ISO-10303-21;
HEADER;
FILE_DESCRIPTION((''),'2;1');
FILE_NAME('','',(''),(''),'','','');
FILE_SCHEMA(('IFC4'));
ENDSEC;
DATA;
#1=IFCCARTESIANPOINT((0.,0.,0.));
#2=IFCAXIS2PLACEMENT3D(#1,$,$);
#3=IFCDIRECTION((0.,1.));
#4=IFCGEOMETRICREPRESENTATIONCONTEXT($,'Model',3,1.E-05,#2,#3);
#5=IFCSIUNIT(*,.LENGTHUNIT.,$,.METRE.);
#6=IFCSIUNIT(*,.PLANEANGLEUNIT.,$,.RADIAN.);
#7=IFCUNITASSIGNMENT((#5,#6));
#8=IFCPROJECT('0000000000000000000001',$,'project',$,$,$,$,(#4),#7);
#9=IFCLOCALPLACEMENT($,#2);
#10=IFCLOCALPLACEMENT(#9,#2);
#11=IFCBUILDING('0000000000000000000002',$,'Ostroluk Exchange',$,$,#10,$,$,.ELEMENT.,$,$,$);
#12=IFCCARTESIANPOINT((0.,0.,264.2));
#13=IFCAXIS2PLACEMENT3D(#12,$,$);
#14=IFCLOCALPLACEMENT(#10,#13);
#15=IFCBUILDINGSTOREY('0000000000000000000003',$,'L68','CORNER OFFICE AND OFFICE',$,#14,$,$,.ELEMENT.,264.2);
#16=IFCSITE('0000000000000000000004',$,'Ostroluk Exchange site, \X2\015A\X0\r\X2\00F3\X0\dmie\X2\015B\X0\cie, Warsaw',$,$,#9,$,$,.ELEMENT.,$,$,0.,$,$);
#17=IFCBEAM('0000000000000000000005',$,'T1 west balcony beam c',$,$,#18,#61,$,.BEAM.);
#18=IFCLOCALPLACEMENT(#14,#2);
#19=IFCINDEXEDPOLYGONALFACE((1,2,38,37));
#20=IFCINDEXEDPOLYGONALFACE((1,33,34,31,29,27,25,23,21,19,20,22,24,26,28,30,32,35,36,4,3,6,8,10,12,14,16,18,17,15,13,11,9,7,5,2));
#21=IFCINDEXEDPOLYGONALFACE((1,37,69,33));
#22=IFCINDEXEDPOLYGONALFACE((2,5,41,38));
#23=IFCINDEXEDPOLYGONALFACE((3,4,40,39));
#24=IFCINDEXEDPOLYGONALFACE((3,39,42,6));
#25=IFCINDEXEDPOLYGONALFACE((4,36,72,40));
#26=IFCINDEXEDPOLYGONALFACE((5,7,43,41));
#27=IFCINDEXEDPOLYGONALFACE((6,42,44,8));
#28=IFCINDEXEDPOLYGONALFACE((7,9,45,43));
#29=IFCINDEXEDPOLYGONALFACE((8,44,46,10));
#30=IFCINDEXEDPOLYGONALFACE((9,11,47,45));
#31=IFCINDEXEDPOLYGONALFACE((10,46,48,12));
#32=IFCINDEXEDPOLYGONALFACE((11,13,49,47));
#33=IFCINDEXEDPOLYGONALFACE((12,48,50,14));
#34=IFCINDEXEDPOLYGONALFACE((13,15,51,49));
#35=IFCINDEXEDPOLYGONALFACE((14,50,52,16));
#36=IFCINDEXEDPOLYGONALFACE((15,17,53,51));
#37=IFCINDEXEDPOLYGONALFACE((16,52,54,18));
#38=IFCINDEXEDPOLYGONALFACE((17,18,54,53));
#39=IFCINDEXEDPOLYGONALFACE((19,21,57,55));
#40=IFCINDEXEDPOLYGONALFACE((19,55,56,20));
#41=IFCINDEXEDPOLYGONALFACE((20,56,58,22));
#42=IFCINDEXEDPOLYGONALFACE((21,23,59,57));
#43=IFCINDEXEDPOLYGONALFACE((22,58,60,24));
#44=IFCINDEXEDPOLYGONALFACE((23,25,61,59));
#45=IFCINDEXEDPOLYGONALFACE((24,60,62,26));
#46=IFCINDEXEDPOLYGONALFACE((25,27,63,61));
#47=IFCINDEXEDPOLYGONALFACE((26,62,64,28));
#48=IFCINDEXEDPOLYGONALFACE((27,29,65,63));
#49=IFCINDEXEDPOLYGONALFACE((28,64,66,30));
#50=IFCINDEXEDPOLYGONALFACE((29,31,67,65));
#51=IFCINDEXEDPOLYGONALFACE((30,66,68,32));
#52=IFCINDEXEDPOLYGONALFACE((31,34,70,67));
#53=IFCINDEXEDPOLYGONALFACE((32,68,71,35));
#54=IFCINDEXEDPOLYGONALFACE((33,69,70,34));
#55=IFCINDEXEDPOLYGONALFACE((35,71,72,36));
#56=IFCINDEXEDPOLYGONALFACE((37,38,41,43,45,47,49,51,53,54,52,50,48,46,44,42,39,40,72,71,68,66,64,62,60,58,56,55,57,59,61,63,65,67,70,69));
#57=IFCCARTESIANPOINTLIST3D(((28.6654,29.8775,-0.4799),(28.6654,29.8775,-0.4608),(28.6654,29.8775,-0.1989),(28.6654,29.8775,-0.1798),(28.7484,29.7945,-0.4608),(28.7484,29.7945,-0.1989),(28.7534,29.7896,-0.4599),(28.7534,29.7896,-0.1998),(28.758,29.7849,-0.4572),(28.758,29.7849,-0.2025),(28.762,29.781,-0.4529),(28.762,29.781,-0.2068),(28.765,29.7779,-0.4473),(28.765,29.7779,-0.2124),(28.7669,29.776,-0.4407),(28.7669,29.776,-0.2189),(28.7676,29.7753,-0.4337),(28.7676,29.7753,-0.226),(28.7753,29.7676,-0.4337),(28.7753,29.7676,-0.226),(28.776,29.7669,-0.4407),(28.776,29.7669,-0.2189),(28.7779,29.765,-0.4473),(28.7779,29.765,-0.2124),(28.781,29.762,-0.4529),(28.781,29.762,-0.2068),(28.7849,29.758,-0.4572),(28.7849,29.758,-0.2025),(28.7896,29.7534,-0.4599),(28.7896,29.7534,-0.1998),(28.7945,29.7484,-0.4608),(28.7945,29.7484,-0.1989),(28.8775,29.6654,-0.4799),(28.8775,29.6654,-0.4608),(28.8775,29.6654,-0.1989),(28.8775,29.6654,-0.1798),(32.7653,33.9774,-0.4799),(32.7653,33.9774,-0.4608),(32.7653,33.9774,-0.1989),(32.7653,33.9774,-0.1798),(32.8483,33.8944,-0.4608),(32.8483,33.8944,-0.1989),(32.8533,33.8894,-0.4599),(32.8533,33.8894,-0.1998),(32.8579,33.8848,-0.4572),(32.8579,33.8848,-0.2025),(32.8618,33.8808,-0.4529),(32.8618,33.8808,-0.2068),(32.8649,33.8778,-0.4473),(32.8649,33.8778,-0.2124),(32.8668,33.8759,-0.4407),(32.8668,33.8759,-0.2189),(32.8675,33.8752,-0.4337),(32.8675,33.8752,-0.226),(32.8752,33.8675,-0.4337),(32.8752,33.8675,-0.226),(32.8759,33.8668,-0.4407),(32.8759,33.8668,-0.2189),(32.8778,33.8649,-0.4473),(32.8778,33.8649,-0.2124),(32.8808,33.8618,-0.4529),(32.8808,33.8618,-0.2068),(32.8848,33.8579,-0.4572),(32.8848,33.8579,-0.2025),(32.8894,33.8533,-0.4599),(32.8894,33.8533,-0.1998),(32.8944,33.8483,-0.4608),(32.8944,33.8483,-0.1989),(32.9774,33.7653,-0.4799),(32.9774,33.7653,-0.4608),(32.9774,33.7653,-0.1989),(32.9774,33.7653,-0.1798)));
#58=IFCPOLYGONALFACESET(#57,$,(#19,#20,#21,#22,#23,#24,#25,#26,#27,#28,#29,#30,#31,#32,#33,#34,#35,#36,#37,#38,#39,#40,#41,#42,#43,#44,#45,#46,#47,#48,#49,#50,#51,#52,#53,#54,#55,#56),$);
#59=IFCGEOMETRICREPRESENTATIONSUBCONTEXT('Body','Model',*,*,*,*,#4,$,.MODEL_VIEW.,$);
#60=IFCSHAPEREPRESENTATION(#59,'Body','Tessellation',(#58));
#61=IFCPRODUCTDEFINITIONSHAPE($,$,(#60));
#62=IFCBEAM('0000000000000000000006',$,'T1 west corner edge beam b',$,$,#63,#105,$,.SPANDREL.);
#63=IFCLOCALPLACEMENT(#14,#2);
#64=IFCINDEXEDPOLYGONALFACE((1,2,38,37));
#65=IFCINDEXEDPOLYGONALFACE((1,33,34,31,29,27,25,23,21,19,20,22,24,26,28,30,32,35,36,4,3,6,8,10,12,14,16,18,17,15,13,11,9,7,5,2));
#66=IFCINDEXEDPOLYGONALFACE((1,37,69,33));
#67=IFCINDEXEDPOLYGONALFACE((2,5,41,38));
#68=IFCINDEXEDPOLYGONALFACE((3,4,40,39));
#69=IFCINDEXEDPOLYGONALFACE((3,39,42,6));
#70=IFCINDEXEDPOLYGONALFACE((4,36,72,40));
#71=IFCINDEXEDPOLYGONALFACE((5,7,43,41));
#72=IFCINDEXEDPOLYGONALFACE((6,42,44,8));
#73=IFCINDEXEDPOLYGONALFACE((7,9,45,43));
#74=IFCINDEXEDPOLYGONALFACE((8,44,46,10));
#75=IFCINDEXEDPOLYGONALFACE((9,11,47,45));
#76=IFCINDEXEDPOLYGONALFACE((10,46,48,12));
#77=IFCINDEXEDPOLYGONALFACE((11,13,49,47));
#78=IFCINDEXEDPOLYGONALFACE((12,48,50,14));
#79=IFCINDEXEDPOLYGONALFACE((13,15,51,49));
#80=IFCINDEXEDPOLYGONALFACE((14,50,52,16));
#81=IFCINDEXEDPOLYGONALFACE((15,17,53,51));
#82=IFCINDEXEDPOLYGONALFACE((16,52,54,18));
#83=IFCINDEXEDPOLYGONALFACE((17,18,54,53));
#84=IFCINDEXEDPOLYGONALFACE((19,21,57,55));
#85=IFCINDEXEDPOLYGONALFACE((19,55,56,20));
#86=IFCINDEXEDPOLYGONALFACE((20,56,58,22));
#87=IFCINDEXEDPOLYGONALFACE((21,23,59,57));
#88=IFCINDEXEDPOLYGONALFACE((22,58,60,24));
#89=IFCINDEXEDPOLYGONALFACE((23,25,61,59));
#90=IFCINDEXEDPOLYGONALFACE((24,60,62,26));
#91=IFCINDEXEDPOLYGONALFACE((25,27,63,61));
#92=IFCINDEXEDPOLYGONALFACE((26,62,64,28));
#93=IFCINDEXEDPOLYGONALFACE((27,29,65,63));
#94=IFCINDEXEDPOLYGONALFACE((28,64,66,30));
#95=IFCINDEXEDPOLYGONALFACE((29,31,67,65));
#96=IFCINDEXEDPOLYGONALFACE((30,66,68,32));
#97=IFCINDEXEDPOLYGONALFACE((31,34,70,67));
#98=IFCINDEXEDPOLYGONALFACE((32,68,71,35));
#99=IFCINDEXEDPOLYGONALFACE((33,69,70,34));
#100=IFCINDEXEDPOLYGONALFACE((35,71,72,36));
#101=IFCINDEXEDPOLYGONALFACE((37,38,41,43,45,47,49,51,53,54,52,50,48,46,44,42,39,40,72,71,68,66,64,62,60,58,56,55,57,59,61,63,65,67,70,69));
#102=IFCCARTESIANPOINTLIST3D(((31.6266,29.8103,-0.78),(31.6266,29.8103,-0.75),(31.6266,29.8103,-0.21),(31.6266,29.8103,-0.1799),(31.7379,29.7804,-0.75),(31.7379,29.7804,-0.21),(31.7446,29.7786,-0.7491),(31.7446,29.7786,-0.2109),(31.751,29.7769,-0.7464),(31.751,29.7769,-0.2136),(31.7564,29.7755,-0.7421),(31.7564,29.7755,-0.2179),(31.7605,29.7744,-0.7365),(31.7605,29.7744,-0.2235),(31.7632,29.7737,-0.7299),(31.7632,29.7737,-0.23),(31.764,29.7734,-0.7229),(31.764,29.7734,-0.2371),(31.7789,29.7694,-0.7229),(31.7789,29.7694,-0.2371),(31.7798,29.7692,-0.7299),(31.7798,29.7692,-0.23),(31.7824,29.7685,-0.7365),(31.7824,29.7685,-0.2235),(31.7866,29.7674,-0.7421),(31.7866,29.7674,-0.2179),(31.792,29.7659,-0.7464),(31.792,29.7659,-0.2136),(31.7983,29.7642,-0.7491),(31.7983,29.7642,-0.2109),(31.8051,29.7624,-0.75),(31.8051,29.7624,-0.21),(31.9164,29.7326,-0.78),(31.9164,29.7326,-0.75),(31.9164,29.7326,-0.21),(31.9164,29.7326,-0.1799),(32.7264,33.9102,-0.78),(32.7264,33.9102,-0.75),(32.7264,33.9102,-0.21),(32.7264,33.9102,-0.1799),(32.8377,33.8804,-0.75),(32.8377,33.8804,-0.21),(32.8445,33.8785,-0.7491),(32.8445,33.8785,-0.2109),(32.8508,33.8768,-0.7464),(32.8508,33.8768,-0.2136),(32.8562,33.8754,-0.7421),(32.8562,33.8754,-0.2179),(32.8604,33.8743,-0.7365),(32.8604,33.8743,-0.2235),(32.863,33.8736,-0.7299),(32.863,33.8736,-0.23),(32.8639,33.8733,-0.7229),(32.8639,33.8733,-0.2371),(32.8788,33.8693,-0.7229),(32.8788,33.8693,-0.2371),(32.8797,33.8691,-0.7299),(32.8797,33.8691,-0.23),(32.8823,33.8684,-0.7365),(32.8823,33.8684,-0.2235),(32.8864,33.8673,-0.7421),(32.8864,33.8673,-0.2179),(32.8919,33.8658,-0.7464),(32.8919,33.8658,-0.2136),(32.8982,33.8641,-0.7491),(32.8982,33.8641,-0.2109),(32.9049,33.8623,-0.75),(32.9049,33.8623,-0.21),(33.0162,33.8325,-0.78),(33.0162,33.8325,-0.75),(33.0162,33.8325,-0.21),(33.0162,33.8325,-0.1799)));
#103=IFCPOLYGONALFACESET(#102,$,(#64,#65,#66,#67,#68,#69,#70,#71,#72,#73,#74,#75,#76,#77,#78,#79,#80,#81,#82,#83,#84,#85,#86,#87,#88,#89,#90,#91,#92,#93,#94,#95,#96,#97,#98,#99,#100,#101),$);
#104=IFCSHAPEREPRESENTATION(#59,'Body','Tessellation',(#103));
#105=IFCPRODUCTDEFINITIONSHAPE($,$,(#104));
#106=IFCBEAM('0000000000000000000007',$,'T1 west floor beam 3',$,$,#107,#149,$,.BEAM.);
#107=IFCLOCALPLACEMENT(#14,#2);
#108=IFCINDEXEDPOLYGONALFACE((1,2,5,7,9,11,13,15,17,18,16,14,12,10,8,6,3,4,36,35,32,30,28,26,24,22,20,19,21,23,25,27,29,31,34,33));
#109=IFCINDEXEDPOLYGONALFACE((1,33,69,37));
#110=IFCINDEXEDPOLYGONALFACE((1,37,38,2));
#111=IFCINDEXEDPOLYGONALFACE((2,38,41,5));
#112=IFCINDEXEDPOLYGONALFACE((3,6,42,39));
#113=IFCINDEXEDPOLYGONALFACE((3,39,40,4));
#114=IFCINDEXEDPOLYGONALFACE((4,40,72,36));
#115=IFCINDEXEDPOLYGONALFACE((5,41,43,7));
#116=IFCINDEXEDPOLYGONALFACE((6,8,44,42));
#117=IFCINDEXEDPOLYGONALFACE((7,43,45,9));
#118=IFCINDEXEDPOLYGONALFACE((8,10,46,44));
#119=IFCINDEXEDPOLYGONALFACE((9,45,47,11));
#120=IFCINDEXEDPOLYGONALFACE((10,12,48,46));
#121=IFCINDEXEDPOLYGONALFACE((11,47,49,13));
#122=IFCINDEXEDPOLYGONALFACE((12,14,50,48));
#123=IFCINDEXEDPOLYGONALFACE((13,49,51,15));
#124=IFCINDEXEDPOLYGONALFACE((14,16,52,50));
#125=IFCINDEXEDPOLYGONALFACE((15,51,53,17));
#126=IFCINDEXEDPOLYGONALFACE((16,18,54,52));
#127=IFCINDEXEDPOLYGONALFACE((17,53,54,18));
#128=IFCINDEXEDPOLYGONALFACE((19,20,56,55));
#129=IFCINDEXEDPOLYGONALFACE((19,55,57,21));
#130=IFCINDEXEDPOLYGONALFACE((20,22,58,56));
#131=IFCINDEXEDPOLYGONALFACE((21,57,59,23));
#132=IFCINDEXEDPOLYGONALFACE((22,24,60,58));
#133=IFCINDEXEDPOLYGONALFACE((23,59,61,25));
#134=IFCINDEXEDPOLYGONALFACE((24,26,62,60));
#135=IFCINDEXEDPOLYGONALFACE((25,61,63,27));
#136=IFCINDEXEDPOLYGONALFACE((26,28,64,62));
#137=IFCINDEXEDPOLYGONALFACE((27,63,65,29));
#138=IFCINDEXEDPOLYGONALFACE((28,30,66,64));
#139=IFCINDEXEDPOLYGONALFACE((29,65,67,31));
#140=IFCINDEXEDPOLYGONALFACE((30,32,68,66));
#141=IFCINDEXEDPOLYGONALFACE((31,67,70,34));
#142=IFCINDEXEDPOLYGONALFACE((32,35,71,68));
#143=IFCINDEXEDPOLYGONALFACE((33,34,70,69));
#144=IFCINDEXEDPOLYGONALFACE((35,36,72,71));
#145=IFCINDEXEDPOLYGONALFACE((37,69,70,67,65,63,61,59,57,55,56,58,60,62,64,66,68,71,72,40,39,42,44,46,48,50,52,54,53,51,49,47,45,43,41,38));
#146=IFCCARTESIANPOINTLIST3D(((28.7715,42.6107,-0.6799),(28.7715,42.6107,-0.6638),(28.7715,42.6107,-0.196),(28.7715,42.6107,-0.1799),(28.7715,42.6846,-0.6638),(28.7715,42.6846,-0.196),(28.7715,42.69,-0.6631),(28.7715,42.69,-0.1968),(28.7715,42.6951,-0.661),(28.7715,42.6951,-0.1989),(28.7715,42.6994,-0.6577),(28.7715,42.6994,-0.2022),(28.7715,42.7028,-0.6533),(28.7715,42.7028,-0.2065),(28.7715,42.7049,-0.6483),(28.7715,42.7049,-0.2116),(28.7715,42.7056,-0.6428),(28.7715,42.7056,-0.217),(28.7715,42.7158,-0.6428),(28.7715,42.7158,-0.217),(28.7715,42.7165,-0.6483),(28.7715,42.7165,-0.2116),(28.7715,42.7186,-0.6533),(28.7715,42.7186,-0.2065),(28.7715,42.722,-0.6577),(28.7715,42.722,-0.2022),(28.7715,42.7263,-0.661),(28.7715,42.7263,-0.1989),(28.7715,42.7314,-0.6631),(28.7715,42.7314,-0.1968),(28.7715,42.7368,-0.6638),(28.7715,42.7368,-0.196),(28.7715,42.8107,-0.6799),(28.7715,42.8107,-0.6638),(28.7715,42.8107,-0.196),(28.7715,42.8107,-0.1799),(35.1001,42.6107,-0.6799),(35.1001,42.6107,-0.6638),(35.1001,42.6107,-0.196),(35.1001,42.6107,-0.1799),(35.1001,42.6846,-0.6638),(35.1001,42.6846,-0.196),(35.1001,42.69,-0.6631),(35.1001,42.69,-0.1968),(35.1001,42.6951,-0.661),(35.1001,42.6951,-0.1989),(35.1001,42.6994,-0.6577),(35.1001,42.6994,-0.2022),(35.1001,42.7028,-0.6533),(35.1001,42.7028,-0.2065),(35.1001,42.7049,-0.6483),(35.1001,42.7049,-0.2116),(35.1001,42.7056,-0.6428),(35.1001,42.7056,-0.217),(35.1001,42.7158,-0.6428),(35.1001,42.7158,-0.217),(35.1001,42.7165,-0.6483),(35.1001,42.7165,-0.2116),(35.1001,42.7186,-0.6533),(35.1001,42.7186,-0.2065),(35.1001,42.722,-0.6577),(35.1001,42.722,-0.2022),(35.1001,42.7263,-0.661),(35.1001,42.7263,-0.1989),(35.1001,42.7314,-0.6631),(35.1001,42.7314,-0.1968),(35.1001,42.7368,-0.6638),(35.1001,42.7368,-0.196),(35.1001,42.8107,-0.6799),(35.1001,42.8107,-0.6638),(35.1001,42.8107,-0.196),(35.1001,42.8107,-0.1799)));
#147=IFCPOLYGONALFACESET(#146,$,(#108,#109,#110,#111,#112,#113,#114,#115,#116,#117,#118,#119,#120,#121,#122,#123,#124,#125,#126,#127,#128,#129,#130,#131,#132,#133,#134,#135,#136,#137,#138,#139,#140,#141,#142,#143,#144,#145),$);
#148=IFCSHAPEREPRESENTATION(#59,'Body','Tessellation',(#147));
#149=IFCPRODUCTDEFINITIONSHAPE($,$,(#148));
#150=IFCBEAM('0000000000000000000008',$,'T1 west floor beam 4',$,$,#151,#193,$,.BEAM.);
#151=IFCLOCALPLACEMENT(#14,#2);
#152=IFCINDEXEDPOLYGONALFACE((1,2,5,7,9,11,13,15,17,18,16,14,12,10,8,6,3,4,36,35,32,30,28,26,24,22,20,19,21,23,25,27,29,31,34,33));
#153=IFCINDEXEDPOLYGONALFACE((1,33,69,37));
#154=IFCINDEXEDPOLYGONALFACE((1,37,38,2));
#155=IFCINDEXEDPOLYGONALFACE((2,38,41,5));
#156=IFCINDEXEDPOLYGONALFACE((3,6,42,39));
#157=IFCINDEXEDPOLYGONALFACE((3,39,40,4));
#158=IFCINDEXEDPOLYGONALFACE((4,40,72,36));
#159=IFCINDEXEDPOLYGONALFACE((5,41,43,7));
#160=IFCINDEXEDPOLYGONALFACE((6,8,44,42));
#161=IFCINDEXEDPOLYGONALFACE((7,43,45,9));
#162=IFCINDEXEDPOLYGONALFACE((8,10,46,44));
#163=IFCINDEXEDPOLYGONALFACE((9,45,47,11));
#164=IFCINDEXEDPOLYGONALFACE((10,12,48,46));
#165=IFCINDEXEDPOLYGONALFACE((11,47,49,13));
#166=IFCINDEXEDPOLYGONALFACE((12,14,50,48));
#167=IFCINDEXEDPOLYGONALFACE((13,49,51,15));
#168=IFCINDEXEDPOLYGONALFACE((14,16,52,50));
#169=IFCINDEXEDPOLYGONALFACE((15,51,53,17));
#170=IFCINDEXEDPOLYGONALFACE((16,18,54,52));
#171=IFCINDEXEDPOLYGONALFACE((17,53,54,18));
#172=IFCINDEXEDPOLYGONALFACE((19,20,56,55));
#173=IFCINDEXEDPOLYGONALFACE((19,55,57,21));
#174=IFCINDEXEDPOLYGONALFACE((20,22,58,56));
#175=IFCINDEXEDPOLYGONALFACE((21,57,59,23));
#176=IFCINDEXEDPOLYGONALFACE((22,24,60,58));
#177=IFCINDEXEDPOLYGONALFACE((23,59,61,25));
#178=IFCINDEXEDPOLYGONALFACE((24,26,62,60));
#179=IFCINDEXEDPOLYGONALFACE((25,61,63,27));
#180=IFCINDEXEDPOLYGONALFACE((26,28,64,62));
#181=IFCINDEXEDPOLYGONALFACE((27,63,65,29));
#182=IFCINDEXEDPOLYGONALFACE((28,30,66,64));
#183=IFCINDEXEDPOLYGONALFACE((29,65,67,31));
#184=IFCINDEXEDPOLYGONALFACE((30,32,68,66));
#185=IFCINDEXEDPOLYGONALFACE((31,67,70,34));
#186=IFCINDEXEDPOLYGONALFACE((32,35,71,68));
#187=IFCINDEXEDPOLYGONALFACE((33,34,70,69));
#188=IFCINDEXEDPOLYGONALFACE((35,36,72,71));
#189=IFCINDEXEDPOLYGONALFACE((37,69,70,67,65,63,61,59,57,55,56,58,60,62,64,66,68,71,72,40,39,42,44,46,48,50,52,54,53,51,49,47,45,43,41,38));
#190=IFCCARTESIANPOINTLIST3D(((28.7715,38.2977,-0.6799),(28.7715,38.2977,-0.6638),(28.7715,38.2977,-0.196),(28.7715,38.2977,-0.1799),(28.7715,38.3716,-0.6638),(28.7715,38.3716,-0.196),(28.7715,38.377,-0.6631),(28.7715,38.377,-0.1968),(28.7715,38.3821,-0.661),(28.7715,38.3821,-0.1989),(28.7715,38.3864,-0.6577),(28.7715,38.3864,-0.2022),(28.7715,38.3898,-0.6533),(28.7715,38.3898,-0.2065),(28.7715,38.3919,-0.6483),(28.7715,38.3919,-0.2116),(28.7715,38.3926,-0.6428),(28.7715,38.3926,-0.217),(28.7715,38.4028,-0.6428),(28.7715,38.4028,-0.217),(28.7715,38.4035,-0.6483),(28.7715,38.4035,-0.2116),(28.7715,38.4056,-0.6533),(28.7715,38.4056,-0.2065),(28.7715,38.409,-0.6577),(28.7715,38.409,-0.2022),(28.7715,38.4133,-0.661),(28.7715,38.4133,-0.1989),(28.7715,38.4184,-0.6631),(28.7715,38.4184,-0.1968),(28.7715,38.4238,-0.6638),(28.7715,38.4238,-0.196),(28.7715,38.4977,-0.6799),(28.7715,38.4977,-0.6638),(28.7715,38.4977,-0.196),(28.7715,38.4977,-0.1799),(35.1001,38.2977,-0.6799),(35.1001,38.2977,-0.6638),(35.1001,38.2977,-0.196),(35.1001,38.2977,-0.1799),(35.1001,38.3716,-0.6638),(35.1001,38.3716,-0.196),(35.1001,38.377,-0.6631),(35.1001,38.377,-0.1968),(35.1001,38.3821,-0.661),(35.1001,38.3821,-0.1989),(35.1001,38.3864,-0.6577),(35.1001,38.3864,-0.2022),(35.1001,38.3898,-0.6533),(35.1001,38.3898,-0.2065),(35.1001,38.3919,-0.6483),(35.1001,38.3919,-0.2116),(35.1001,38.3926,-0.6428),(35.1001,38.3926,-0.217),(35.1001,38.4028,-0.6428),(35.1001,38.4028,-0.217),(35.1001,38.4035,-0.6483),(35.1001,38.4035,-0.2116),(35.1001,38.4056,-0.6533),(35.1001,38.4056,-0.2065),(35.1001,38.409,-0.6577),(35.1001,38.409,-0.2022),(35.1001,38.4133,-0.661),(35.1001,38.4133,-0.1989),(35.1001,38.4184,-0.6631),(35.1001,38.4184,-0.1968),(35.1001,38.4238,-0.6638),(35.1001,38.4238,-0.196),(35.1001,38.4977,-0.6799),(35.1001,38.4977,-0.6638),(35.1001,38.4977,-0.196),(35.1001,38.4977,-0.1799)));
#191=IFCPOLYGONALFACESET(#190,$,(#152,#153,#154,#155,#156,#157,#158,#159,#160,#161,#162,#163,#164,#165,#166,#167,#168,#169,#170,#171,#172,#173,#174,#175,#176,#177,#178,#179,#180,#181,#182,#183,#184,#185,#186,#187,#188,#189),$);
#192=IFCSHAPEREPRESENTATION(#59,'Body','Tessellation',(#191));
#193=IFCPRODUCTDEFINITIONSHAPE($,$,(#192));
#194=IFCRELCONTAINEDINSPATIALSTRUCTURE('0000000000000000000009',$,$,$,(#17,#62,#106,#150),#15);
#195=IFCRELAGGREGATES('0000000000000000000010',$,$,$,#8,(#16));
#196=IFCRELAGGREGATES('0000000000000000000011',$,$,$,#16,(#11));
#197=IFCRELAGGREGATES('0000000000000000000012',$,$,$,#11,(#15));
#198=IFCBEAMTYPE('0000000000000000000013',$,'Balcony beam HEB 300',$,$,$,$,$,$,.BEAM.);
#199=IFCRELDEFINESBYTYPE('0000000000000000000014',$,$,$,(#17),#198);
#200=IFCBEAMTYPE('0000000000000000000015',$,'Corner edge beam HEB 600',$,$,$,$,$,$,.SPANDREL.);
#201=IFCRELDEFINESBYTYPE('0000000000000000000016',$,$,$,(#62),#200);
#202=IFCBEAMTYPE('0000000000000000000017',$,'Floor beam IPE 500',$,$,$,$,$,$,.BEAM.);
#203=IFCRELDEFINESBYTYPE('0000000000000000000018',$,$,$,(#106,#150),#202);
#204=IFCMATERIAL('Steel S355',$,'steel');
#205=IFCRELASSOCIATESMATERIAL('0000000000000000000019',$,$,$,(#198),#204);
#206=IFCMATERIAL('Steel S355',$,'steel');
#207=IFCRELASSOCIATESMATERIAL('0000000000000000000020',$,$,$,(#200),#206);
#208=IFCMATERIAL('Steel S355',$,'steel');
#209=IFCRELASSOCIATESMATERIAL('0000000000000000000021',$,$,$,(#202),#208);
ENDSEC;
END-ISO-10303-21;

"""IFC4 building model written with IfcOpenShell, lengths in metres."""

from ifc_helpers import new_model, si_unit, direction, frame, origin, origin_2d, place, context, subcontext, project, spatial, i_section, extrude, material, material_profile, profile_set, type_object, element, save


model = new_model("IFC4")

# Units and contexts
model_context = context("Model", 3, precision=1e-05, world=origin(), true_north=direction((0.0, 1.0)))
body_context = subcontext(model_context, "Body", "Model", "MODEL_VIEW")
ifc_project = project(units=[si_unit("LENGTHUNIT", "METRE"), si_unit("PLANEANGLEUNIT", "RADIAN")], contexts=[model_context])

# Site, building, storey
site_placement = place(None, origin())
site = spatial("IfcSite", under=ifc_project, at=site_placement, Name="Ostroluk Exchange site, Śródmieście, Warsaw", CompositionType="ELEMENT", RefElevation=0.0)
building_placement = place(site_placement, origin())
building = spatial("IfcBuilding", under=site, at=building_placement, Name="Ostroluk Exchange", CompositionType="ELEMENT")
storey_placement = place(building_placement, frame((0.0, 0.0, 264.2)))
storey = spatial("IfcBuildingStorey", under=building, at=storey_placement, Name="L68", Description="CORNER OFFICE AND OFFICE", CompositionType="ELEMENT", Elevation=264.2)

# Beams
ifc_material_1 = material(Name="Steel S355", Category="steel")
ifc_material_profile_1 = material_profile(ifc_material_1, i_section(OverallWidth=0.3, OverallDepth=0.3, WebThickness=0.011, FlangeThickness=0.019, FilletRadius=0.0271, at=origin_2d()), Name="HEB 300")
ifc_profile_set_1 = profile_set([ifc_material_profile_1], Name="Steel S355")
beam_type_1 = type_object("IfcBeamType", Name="Balcony beam HEB 300", PredefinedType="BEAM", material=ifc_profile_set_1)
beam_1_placement = place(storey_placement, frame((32.8713, 33.8713, -0.3298), z_axis=(-0.707107, -0.707107, 0.0), x_axis=(0.707107, -0.707107, 0.0)))
element("IfcBeam", 1, at=beam_1_placement, inside=storey, type_object=beam_type_1, Name="T1 west balcony beam c", PredefinedType="BEAM", context=body_context, shape_type="SweptSolid", body=[
    extrude(i_section(OverallWidth=0.3, OverallDepth=0.3, WebThickness=0.011, FlangeThickness=0.019, FilletRadius=0.0271, at=origin_2d()), origin(), (0.0, 0.0, 1.0), 5.7981),
])
ifc_material_2 = material(Name="Steel S355", Category="steel")
ifc_material_profile_2 = material_profile(ifc_material_2, i_section(OverallWidth=0.3, OverallDepth=0.6001, WebThickness=0.0154, FlangeThickness=0.03, FilletRadius=0.0271, at=origin_2d()), Name="HEB 600")
ifc_profile_set_2 = profile_set([ifc_material_profile_2], Name="Steel S355")
beam_type_2 = type_object("IfcBeamType", Name="Corner edge beam HEB 600", PredefinedType="SPANDREL", material=ifc_profile_set_2)
beam_2_placement = place(storey_placement, frame((32.8713, 33.8713, -0.48), z_axis=(-0.259105, -0.965849, 0.0), x_axis=(0.965849, -0.259105, 0.0)))
element("IfcBeam", 2, at=beam_2_placement, inside=storey, type_object=beam_type_2, Name="T1 west corner edge beam b", PredefinedType="SPANDREL", context=body_context, shape_type="SweptSolid", body=[
    extrude(i_section(OverallWidth=0.3, OverallDepth=0.6001, WebThickness=0.0154, FlangeThickness=0.03, FilletRadius=0.0271, at=origin_2d()), origin(), (0.0, 0.0, 1.0), 4.2449),
])
ifc_material_3 = material(Name="Steel S355", Category="steel")
ifc_material_profile_3 = material_profile(ifc_material_3, i_section(OverallWidth=0.2, OverallDepth=0.5, WebThickness=0.0103, FlangeThickness=0.0161, FilletRadius=0.021, at=origin_2d()), Name="IPE 500")
ifc_profile_set_3 = profile_set([ifc_material_profile_3], Name="Steel S355")
beam_type_3 = type_object("IfcBeamType", Name="Floor beam IPE 500", PredefinedType="BEAM", material=ifc_profile_set_3)
for number, where, z_axis, x_axis, name in (
    (3, (35.1001, 42.7107, -0.4299), (-1.0, 0.0, 0.0), (0.0, -1.0, 0.0), "T1 west floor beam 3"),
    (4, (35.1001, 38.3977, -0.4299), (-1.0, 0.0, 0.0), (0.0, -1.0, 0.0), "T1 west floor beam 4"),
):
    element("IfcBeam", number, at=place(storey_placement, frame(where, z_axis=z_axis, x_axis=x_axis)), inside=storey, type_object=beam_type_3, Name=name, PredefinedType="BEAM", context=body_context, shape_type="SweptSolid", body=[
        extrude(i_section(OverallWidth=0.2, OverallDepth=0.5, WebThickness=0.0103, FlangeThickness=0.0161, FilletRadius=0.021, at=origin_2d()), origin(), (0.0, 0.0, 1.0), 6.3286),
    ])

save(model, "model.ifc")
